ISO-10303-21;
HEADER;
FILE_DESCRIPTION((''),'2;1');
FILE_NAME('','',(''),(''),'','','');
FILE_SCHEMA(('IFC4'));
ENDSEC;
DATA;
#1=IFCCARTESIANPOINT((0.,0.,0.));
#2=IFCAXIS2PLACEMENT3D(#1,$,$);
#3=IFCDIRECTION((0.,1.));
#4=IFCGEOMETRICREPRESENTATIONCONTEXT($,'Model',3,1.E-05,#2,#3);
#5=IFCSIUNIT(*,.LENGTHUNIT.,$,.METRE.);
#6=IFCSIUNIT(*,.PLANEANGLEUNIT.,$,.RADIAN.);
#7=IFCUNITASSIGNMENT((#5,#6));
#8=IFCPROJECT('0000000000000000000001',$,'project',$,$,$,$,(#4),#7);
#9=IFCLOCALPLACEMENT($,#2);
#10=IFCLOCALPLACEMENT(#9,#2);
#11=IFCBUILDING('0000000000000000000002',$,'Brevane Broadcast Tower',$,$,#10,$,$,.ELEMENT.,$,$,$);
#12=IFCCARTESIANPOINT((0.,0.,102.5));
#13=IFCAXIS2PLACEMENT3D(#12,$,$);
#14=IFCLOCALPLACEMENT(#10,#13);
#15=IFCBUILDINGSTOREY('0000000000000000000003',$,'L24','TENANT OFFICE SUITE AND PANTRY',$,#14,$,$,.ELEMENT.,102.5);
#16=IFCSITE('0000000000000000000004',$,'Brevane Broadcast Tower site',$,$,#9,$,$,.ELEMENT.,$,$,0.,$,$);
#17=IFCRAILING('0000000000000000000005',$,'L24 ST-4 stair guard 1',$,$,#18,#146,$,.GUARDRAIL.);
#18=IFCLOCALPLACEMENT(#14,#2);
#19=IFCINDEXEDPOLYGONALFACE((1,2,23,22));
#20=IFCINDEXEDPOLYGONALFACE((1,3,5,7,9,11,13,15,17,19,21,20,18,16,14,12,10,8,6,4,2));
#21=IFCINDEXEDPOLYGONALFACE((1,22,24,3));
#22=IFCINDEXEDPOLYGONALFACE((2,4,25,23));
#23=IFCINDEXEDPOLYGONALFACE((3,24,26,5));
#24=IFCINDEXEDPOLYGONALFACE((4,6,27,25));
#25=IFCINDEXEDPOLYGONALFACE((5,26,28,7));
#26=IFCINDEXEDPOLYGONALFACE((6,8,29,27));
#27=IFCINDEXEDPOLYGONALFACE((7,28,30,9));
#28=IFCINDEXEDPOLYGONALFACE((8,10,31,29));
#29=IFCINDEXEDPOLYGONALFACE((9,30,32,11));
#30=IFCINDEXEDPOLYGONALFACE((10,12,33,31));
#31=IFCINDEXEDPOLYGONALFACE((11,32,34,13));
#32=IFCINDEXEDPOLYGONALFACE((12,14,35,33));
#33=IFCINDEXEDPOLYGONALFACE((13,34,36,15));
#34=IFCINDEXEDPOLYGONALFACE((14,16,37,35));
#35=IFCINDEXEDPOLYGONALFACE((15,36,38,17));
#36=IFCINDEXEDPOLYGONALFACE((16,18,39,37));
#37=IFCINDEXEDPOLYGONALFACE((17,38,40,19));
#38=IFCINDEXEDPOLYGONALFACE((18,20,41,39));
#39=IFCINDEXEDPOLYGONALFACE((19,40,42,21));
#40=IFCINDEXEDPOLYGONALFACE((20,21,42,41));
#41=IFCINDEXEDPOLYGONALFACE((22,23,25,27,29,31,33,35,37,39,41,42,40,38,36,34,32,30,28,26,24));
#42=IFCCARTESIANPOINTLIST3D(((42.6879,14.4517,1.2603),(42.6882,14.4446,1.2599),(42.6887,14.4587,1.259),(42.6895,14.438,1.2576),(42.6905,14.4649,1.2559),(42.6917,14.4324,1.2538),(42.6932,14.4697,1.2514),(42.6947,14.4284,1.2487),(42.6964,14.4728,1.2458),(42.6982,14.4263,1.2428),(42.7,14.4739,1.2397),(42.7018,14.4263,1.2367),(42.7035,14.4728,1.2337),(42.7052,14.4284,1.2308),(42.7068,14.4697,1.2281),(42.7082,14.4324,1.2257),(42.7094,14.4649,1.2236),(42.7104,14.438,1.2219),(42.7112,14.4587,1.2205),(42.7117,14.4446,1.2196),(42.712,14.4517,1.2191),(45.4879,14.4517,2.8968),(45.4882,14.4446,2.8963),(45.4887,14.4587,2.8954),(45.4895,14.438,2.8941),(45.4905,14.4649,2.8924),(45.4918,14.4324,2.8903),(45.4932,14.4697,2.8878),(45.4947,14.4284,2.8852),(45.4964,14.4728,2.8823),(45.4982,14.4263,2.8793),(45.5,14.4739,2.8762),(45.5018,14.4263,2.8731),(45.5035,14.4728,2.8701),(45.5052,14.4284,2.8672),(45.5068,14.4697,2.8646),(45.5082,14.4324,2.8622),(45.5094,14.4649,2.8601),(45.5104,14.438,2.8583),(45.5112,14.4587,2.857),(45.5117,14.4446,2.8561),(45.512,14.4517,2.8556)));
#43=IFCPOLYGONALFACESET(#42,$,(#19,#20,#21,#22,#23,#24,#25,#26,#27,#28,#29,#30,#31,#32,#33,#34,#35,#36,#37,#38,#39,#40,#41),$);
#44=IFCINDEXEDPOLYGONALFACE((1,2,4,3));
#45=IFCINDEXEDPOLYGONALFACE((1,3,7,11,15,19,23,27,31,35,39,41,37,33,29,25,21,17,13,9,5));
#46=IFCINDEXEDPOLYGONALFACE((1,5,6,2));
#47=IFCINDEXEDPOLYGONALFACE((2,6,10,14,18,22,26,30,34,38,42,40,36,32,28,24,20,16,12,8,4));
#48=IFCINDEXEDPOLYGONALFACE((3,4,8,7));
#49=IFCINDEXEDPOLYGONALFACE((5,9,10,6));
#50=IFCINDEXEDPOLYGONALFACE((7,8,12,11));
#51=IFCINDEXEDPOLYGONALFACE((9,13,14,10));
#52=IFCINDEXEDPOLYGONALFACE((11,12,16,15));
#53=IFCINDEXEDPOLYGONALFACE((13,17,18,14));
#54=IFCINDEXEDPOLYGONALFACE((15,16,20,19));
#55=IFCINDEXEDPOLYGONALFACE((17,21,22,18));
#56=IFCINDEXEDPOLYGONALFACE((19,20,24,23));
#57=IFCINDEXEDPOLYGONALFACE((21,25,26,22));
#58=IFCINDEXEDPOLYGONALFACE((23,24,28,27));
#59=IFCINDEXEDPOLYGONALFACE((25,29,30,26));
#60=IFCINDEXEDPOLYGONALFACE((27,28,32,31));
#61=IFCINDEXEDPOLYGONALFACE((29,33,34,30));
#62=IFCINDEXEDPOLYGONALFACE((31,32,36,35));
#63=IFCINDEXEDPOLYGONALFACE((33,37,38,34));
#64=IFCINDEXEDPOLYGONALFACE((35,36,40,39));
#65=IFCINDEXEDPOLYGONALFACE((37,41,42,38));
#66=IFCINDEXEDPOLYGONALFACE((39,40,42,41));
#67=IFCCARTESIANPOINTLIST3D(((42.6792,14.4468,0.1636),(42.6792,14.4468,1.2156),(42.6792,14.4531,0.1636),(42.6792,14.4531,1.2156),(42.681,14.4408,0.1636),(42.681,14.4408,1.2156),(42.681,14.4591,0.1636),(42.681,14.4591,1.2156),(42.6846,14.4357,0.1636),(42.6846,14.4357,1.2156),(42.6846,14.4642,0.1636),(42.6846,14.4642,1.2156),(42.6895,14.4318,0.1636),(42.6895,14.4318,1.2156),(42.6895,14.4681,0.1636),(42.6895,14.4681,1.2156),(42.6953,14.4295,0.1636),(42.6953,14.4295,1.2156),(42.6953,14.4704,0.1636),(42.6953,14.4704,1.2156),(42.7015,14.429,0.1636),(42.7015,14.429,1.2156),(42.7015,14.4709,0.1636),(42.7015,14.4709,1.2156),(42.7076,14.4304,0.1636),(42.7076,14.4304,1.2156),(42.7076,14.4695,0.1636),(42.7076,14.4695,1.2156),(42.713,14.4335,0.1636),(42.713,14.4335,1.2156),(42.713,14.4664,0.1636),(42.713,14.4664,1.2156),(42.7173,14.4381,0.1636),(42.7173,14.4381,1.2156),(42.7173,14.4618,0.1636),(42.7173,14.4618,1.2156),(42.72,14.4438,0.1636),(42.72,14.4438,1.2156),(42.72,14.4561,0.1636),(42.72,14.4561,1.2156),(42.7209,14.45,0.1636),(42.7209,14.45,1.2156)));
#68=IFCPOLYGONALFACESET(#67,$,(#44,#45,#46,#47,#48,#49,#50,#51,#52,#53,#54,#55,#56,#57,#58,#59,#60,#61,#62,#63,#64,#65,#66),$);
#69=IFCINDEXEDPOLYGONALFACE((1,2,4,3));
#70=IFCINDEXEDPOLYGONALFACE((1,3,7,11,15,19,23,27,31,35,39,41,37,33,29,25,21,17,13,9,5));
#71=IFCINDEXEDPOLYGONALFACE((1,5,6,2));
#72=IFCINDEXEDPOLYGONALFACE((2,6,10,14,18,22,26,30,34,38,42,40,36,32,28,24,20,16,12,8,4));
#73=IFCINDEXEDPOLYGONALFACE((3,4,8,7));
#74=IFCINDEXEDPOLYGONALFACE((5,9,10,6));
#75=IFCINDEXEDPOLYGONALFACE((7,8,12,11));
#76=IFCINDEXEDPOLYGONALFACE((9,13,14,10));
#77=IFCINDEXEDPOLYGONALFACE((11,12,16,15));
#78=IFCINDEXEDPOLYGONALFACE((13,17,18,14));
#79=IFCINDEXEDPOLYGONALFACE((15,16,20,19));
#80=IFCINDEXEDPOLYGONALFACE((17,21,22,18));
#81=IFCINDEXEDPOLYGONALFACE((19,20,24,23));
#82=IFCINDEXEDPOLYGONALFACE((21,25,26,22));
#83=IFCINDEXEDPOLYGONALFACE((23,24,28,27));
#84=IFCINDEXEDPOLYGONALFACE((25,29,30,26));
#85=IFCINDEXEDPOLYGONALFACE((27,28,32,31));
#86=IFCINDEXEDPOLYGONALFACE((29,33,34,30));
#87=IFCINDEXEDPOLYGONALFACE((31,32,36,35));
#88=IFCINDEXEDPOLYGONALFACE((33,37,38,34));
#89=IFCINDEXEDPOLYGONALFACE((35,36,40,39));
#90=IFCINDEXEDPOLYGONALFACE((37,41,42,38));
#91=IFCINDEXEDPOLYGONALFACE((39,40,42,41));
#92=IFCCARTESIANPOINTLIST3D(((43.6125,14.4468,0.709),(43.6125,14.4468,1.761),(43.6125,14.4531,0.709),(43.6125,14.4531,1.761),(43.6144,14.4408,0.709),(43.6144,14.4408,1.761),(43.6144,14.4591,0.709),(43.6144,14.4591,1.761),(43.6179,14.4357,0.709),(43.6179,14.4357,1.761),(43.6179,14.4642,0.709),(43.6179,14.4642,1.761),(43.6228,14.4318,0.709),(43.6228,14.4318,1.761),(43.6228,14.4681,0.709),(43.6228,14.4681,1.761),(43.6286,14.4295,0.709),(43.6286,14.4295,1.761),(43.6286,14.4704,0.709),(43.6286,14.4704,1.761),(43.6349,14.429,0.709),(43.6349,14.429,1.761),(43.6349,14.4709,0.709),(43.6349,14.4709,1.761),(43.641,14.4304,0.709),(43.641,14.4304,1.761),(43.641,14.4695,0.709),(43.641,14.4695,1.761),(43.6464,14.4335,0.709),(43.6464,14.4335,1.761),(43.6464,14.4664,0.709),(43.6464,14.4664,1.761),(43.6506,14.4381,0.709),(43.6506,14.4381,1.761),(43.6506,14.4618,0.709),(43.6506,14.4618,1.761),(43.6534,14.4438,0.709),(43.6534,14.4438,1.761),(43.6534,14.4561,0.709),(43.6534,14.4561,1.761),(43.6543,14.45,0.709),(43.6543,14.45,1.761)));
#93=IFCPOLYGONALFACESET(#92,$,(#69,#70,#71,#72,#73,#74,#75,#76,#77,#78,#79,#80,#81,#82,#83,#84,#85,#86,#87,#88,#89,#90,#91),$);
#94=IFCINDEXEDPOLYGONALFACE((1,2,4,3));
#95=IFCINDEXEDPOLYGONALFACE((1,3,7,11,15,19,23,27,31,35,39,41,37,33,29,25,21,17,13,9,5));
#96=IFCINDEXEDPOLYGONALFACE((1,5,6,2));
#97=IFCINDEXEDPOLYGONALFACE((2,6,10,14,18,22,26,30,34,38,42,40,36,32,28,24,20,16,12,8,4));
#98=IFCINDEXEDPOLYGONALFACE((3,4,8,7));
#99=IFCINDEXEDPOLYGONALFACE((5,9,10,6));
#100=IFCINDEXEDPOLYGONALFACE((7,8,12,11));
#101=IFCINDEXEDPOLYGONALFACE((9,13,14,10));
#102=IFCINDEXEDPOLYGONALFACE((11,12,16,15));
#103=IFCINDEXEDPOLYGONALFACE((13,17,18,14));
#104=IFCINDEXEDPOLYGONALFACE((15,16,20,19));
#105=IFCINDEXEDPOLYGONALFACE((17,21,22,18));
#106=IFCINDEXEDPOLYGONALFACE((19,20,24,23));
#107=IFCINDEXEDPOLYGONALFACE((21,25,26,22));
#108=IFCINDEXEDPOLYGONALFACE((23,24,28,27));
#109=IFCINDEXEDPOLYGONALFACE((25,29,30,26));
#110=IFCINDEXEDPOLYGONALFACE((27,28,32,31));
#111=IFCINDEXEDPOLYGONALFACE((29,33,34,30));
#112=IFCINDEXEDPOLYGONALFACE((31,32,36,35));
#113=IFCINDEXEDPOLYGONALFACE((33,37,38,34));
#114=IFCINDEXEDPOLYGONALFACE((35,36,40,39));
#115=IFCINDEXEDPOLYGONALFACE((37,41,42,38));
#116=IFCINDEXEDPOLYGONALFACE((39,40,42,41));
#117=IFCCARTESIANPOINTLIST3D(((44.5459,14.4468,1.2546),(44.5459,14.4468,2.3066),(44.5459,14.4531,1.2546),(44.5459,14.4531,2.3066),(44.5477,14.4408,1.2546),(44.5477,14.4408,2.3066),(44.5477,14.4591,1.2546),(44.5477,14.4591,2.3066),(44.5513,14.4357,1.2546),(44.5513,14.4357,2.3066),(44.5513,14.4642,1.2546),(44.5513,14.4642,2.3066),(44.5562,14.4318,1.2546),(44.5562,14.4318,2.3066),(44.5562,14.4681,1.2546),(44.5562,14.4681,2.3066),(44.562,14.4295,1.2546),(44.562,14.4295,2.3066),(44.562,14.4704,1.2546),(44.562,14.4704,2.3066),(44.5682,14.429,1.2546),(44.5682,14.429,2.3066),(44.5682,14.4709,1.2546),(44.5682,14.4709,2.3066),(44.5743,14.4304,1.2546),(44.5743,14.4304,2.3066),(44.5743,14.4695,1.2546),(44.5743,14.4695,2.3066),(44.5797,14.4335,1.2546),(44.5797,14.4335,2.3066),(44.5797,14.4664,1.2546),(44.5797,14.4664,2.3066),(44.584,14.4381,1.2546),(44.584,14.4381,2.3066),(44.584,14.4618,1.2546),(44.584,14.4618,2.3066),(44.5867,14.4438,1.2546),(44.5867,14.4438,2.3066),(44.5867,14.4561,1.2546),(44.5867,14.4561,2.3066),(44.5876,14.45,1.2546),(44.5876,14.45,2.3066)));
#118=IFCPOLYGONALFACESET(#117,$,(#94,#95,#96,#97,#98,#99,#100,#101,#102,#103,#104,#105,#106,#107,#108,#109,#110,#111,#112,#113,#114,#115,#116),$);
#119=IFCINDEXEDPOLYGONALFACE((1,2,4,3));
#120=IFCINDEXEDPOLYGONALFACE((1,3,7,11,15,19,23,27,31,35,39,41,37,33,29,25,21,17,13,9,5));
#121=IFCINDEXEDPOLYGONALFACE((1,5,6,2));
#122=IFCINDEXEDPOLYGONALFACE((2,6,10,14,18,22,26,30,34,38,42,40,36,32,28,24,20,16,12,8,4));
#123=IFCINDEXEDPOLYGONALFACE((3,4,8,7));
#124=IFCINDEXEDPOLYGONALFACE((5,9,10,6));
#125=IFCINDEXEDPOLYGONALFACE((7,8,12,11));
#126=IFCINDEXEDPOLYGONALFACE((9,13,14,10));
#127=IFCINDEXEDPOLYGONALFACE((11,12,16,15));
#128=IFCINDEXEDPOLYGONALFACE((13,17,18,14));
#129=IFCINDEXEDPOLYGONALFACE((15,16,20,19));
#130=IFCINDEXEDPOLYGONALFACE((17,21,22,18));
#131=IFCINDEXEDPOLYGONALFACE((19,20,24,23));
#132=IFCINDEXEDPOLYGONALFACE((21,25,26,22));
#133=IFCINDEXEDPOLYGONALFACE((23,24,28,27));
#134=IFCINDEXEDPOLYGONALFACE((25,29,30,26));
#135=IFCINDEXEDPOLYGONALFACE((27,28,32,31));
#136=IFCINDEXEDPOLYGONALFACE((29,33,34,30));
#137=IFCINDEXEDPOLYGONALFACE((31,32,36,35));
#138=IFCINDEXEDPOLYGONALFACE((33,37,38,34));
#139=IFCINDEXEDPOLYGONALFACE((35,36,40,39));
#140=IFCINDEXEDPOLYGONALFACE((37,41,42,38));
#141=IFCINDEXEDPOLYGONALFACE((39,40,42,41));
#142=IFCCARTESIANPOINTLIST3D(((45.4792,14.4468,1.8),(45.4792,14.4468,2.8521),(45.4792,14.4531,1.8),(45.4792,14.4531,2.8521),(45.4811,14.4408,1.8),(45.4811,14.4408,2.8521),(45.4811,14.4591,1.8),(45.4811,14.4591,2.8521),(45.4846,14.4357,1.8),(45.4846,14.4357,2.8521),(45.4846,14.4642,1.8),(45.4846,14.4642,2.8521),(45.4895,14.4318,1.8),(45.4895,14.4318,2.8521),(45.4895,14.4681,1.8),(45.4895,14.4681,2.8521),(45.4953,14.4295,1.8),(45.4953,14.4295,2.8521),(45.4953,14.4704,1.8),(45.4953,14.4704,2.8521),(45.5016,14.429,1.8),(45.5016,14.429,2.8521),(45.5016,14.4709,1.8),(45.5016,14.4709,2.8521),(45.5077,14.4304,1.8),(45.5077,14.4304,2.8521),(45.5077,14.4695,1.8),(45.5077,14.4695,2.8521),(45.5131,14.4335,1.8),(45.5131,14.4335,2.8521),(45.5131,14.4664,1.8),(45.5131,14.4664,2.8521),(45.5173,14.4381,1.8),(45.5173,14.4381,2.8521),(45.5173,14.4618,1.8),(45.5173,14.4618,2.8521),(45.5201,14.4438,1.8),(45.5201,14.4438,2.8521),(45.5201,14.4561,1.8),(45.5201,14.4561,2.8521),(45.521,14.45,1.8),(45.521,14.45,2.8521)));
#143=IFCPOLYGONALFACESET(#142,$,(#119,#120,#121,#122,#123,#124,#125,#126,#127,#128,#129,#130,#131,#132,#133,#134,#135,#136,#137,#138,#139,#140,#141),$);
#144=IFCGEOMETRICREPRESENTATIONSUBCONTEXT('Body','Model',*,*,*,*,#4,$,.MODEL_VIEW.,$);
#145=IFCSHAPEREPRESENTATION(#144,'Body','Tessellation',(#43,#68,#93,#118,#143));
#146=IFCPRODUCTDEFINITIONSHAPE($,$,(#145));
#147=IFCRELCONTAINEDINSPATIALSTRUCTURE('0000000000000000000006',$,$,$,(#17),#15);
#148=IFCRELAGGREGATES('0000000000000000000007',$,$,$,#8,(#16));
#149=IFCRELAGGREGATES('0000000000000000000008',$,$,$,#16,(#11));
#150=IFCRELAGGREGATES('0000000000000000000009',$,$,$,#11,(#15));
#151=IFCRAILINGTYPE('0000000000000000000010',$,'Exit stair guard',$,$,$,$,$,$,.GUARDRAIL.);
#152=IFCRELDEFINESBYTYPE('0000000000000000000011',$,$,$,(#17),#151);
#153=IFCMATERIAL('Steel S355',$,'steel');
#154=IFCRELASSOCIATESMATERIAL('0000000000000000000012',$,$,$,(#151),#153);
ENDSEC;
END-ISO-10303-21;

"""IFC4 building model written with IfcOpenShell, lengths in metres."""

from ifc_helpers import new_model, si_unit, direction, frame, origin, origin_2d, place, context, subcontext, project, spatial, circle, extrude, material, type_object, element, save


model = new_model("IFC4")

# Units and contexts
model_context = context("Model", 3, precision=1e-05, world=origin(), true_north=direction((0.0, 1.0)))
body_context = subcontext(model_context, "Body", "Model", "MODEL_VIEW")
ifc_project = project(units=[si_unit("LENGTHUNIT", "METRE"), si_unit("PLANEANGLEUNIT", "RADIAN")], contexts=[model_context])

# Site, building, storey
site_placement = place(None, origin())
site = spatial("IfcSite", under=ifc_project, at=site_placement, Name="Brevane Broadcast Tower site", CompositionType="ELEMENT", RefElevation=0.0)
building_placement = place(site_placement, origin())
building = spatial("IfcBuilding", under=site, at=building_placement, Name="Brevane Broadcast Tower", CompositionType="ELEMENT")
storey_placement = place(building_placement, frame((0.0, 0.0, 102.5)))
storey = spatial("IfcBuildingStorey", under=building, at=storey_placement, Name="L24", Description="TENANT OFFICE SUITE AND PANTRY", CompositionType="ELEMENT", Elevation=102.5)

# Railing
ifc_material_1 = material(Name="Steel S355", Category="steel")
railing_type_1 = type_object("IfcRailingType", Name="Exit stair guard", PredefinedType="GUARDRAIL", material=ifc_material_1)
railing_1_placement = place(storey_placement, frame((42.7, 14.45, 0.1636)))
element("IfcRailing", 1, at=railing_1_placement, inside=storey, type_object=railing_type_1, Name="L24 ST-4 stair guard 1", PredefinedType="GUARDRAIL", context=body_context, shape_type="SweptSolid", body=[
    extrude(circle(Radius=0.0239, at=origin_2d()), frame((0.0, 0.0, 1.0762), z_axis=(0.863361, 0.0, 0.504587), x_axis=(0.0, 1.0, 0.0)), (0.0, 0.0, 1.0), 3.2432),
    extrude(circle(Radius=0.021, at=origin_2d()), origin(), (0.0, 0.0, 1.0), 1.052),
    extrude(circle(Radius=0.021, at=origin_2d()), frame((0.9333, 0.0, 0.5454)), (0.0, 0.0, 1.0), 1.052),
    extrude(circle(Radius=0.021, at=origin_2d()), frame((1.8667, 0.0, 1.0911)), (0.0, 0.0, 1.0), 1.052),
    extrude(circle(Radius=0.021, at=origin_2d()), frame((2.8, 0.0, 1.6365)), (0.0, 0.0, 1.0), 1.052),
])

save(model, "model.ifc")
